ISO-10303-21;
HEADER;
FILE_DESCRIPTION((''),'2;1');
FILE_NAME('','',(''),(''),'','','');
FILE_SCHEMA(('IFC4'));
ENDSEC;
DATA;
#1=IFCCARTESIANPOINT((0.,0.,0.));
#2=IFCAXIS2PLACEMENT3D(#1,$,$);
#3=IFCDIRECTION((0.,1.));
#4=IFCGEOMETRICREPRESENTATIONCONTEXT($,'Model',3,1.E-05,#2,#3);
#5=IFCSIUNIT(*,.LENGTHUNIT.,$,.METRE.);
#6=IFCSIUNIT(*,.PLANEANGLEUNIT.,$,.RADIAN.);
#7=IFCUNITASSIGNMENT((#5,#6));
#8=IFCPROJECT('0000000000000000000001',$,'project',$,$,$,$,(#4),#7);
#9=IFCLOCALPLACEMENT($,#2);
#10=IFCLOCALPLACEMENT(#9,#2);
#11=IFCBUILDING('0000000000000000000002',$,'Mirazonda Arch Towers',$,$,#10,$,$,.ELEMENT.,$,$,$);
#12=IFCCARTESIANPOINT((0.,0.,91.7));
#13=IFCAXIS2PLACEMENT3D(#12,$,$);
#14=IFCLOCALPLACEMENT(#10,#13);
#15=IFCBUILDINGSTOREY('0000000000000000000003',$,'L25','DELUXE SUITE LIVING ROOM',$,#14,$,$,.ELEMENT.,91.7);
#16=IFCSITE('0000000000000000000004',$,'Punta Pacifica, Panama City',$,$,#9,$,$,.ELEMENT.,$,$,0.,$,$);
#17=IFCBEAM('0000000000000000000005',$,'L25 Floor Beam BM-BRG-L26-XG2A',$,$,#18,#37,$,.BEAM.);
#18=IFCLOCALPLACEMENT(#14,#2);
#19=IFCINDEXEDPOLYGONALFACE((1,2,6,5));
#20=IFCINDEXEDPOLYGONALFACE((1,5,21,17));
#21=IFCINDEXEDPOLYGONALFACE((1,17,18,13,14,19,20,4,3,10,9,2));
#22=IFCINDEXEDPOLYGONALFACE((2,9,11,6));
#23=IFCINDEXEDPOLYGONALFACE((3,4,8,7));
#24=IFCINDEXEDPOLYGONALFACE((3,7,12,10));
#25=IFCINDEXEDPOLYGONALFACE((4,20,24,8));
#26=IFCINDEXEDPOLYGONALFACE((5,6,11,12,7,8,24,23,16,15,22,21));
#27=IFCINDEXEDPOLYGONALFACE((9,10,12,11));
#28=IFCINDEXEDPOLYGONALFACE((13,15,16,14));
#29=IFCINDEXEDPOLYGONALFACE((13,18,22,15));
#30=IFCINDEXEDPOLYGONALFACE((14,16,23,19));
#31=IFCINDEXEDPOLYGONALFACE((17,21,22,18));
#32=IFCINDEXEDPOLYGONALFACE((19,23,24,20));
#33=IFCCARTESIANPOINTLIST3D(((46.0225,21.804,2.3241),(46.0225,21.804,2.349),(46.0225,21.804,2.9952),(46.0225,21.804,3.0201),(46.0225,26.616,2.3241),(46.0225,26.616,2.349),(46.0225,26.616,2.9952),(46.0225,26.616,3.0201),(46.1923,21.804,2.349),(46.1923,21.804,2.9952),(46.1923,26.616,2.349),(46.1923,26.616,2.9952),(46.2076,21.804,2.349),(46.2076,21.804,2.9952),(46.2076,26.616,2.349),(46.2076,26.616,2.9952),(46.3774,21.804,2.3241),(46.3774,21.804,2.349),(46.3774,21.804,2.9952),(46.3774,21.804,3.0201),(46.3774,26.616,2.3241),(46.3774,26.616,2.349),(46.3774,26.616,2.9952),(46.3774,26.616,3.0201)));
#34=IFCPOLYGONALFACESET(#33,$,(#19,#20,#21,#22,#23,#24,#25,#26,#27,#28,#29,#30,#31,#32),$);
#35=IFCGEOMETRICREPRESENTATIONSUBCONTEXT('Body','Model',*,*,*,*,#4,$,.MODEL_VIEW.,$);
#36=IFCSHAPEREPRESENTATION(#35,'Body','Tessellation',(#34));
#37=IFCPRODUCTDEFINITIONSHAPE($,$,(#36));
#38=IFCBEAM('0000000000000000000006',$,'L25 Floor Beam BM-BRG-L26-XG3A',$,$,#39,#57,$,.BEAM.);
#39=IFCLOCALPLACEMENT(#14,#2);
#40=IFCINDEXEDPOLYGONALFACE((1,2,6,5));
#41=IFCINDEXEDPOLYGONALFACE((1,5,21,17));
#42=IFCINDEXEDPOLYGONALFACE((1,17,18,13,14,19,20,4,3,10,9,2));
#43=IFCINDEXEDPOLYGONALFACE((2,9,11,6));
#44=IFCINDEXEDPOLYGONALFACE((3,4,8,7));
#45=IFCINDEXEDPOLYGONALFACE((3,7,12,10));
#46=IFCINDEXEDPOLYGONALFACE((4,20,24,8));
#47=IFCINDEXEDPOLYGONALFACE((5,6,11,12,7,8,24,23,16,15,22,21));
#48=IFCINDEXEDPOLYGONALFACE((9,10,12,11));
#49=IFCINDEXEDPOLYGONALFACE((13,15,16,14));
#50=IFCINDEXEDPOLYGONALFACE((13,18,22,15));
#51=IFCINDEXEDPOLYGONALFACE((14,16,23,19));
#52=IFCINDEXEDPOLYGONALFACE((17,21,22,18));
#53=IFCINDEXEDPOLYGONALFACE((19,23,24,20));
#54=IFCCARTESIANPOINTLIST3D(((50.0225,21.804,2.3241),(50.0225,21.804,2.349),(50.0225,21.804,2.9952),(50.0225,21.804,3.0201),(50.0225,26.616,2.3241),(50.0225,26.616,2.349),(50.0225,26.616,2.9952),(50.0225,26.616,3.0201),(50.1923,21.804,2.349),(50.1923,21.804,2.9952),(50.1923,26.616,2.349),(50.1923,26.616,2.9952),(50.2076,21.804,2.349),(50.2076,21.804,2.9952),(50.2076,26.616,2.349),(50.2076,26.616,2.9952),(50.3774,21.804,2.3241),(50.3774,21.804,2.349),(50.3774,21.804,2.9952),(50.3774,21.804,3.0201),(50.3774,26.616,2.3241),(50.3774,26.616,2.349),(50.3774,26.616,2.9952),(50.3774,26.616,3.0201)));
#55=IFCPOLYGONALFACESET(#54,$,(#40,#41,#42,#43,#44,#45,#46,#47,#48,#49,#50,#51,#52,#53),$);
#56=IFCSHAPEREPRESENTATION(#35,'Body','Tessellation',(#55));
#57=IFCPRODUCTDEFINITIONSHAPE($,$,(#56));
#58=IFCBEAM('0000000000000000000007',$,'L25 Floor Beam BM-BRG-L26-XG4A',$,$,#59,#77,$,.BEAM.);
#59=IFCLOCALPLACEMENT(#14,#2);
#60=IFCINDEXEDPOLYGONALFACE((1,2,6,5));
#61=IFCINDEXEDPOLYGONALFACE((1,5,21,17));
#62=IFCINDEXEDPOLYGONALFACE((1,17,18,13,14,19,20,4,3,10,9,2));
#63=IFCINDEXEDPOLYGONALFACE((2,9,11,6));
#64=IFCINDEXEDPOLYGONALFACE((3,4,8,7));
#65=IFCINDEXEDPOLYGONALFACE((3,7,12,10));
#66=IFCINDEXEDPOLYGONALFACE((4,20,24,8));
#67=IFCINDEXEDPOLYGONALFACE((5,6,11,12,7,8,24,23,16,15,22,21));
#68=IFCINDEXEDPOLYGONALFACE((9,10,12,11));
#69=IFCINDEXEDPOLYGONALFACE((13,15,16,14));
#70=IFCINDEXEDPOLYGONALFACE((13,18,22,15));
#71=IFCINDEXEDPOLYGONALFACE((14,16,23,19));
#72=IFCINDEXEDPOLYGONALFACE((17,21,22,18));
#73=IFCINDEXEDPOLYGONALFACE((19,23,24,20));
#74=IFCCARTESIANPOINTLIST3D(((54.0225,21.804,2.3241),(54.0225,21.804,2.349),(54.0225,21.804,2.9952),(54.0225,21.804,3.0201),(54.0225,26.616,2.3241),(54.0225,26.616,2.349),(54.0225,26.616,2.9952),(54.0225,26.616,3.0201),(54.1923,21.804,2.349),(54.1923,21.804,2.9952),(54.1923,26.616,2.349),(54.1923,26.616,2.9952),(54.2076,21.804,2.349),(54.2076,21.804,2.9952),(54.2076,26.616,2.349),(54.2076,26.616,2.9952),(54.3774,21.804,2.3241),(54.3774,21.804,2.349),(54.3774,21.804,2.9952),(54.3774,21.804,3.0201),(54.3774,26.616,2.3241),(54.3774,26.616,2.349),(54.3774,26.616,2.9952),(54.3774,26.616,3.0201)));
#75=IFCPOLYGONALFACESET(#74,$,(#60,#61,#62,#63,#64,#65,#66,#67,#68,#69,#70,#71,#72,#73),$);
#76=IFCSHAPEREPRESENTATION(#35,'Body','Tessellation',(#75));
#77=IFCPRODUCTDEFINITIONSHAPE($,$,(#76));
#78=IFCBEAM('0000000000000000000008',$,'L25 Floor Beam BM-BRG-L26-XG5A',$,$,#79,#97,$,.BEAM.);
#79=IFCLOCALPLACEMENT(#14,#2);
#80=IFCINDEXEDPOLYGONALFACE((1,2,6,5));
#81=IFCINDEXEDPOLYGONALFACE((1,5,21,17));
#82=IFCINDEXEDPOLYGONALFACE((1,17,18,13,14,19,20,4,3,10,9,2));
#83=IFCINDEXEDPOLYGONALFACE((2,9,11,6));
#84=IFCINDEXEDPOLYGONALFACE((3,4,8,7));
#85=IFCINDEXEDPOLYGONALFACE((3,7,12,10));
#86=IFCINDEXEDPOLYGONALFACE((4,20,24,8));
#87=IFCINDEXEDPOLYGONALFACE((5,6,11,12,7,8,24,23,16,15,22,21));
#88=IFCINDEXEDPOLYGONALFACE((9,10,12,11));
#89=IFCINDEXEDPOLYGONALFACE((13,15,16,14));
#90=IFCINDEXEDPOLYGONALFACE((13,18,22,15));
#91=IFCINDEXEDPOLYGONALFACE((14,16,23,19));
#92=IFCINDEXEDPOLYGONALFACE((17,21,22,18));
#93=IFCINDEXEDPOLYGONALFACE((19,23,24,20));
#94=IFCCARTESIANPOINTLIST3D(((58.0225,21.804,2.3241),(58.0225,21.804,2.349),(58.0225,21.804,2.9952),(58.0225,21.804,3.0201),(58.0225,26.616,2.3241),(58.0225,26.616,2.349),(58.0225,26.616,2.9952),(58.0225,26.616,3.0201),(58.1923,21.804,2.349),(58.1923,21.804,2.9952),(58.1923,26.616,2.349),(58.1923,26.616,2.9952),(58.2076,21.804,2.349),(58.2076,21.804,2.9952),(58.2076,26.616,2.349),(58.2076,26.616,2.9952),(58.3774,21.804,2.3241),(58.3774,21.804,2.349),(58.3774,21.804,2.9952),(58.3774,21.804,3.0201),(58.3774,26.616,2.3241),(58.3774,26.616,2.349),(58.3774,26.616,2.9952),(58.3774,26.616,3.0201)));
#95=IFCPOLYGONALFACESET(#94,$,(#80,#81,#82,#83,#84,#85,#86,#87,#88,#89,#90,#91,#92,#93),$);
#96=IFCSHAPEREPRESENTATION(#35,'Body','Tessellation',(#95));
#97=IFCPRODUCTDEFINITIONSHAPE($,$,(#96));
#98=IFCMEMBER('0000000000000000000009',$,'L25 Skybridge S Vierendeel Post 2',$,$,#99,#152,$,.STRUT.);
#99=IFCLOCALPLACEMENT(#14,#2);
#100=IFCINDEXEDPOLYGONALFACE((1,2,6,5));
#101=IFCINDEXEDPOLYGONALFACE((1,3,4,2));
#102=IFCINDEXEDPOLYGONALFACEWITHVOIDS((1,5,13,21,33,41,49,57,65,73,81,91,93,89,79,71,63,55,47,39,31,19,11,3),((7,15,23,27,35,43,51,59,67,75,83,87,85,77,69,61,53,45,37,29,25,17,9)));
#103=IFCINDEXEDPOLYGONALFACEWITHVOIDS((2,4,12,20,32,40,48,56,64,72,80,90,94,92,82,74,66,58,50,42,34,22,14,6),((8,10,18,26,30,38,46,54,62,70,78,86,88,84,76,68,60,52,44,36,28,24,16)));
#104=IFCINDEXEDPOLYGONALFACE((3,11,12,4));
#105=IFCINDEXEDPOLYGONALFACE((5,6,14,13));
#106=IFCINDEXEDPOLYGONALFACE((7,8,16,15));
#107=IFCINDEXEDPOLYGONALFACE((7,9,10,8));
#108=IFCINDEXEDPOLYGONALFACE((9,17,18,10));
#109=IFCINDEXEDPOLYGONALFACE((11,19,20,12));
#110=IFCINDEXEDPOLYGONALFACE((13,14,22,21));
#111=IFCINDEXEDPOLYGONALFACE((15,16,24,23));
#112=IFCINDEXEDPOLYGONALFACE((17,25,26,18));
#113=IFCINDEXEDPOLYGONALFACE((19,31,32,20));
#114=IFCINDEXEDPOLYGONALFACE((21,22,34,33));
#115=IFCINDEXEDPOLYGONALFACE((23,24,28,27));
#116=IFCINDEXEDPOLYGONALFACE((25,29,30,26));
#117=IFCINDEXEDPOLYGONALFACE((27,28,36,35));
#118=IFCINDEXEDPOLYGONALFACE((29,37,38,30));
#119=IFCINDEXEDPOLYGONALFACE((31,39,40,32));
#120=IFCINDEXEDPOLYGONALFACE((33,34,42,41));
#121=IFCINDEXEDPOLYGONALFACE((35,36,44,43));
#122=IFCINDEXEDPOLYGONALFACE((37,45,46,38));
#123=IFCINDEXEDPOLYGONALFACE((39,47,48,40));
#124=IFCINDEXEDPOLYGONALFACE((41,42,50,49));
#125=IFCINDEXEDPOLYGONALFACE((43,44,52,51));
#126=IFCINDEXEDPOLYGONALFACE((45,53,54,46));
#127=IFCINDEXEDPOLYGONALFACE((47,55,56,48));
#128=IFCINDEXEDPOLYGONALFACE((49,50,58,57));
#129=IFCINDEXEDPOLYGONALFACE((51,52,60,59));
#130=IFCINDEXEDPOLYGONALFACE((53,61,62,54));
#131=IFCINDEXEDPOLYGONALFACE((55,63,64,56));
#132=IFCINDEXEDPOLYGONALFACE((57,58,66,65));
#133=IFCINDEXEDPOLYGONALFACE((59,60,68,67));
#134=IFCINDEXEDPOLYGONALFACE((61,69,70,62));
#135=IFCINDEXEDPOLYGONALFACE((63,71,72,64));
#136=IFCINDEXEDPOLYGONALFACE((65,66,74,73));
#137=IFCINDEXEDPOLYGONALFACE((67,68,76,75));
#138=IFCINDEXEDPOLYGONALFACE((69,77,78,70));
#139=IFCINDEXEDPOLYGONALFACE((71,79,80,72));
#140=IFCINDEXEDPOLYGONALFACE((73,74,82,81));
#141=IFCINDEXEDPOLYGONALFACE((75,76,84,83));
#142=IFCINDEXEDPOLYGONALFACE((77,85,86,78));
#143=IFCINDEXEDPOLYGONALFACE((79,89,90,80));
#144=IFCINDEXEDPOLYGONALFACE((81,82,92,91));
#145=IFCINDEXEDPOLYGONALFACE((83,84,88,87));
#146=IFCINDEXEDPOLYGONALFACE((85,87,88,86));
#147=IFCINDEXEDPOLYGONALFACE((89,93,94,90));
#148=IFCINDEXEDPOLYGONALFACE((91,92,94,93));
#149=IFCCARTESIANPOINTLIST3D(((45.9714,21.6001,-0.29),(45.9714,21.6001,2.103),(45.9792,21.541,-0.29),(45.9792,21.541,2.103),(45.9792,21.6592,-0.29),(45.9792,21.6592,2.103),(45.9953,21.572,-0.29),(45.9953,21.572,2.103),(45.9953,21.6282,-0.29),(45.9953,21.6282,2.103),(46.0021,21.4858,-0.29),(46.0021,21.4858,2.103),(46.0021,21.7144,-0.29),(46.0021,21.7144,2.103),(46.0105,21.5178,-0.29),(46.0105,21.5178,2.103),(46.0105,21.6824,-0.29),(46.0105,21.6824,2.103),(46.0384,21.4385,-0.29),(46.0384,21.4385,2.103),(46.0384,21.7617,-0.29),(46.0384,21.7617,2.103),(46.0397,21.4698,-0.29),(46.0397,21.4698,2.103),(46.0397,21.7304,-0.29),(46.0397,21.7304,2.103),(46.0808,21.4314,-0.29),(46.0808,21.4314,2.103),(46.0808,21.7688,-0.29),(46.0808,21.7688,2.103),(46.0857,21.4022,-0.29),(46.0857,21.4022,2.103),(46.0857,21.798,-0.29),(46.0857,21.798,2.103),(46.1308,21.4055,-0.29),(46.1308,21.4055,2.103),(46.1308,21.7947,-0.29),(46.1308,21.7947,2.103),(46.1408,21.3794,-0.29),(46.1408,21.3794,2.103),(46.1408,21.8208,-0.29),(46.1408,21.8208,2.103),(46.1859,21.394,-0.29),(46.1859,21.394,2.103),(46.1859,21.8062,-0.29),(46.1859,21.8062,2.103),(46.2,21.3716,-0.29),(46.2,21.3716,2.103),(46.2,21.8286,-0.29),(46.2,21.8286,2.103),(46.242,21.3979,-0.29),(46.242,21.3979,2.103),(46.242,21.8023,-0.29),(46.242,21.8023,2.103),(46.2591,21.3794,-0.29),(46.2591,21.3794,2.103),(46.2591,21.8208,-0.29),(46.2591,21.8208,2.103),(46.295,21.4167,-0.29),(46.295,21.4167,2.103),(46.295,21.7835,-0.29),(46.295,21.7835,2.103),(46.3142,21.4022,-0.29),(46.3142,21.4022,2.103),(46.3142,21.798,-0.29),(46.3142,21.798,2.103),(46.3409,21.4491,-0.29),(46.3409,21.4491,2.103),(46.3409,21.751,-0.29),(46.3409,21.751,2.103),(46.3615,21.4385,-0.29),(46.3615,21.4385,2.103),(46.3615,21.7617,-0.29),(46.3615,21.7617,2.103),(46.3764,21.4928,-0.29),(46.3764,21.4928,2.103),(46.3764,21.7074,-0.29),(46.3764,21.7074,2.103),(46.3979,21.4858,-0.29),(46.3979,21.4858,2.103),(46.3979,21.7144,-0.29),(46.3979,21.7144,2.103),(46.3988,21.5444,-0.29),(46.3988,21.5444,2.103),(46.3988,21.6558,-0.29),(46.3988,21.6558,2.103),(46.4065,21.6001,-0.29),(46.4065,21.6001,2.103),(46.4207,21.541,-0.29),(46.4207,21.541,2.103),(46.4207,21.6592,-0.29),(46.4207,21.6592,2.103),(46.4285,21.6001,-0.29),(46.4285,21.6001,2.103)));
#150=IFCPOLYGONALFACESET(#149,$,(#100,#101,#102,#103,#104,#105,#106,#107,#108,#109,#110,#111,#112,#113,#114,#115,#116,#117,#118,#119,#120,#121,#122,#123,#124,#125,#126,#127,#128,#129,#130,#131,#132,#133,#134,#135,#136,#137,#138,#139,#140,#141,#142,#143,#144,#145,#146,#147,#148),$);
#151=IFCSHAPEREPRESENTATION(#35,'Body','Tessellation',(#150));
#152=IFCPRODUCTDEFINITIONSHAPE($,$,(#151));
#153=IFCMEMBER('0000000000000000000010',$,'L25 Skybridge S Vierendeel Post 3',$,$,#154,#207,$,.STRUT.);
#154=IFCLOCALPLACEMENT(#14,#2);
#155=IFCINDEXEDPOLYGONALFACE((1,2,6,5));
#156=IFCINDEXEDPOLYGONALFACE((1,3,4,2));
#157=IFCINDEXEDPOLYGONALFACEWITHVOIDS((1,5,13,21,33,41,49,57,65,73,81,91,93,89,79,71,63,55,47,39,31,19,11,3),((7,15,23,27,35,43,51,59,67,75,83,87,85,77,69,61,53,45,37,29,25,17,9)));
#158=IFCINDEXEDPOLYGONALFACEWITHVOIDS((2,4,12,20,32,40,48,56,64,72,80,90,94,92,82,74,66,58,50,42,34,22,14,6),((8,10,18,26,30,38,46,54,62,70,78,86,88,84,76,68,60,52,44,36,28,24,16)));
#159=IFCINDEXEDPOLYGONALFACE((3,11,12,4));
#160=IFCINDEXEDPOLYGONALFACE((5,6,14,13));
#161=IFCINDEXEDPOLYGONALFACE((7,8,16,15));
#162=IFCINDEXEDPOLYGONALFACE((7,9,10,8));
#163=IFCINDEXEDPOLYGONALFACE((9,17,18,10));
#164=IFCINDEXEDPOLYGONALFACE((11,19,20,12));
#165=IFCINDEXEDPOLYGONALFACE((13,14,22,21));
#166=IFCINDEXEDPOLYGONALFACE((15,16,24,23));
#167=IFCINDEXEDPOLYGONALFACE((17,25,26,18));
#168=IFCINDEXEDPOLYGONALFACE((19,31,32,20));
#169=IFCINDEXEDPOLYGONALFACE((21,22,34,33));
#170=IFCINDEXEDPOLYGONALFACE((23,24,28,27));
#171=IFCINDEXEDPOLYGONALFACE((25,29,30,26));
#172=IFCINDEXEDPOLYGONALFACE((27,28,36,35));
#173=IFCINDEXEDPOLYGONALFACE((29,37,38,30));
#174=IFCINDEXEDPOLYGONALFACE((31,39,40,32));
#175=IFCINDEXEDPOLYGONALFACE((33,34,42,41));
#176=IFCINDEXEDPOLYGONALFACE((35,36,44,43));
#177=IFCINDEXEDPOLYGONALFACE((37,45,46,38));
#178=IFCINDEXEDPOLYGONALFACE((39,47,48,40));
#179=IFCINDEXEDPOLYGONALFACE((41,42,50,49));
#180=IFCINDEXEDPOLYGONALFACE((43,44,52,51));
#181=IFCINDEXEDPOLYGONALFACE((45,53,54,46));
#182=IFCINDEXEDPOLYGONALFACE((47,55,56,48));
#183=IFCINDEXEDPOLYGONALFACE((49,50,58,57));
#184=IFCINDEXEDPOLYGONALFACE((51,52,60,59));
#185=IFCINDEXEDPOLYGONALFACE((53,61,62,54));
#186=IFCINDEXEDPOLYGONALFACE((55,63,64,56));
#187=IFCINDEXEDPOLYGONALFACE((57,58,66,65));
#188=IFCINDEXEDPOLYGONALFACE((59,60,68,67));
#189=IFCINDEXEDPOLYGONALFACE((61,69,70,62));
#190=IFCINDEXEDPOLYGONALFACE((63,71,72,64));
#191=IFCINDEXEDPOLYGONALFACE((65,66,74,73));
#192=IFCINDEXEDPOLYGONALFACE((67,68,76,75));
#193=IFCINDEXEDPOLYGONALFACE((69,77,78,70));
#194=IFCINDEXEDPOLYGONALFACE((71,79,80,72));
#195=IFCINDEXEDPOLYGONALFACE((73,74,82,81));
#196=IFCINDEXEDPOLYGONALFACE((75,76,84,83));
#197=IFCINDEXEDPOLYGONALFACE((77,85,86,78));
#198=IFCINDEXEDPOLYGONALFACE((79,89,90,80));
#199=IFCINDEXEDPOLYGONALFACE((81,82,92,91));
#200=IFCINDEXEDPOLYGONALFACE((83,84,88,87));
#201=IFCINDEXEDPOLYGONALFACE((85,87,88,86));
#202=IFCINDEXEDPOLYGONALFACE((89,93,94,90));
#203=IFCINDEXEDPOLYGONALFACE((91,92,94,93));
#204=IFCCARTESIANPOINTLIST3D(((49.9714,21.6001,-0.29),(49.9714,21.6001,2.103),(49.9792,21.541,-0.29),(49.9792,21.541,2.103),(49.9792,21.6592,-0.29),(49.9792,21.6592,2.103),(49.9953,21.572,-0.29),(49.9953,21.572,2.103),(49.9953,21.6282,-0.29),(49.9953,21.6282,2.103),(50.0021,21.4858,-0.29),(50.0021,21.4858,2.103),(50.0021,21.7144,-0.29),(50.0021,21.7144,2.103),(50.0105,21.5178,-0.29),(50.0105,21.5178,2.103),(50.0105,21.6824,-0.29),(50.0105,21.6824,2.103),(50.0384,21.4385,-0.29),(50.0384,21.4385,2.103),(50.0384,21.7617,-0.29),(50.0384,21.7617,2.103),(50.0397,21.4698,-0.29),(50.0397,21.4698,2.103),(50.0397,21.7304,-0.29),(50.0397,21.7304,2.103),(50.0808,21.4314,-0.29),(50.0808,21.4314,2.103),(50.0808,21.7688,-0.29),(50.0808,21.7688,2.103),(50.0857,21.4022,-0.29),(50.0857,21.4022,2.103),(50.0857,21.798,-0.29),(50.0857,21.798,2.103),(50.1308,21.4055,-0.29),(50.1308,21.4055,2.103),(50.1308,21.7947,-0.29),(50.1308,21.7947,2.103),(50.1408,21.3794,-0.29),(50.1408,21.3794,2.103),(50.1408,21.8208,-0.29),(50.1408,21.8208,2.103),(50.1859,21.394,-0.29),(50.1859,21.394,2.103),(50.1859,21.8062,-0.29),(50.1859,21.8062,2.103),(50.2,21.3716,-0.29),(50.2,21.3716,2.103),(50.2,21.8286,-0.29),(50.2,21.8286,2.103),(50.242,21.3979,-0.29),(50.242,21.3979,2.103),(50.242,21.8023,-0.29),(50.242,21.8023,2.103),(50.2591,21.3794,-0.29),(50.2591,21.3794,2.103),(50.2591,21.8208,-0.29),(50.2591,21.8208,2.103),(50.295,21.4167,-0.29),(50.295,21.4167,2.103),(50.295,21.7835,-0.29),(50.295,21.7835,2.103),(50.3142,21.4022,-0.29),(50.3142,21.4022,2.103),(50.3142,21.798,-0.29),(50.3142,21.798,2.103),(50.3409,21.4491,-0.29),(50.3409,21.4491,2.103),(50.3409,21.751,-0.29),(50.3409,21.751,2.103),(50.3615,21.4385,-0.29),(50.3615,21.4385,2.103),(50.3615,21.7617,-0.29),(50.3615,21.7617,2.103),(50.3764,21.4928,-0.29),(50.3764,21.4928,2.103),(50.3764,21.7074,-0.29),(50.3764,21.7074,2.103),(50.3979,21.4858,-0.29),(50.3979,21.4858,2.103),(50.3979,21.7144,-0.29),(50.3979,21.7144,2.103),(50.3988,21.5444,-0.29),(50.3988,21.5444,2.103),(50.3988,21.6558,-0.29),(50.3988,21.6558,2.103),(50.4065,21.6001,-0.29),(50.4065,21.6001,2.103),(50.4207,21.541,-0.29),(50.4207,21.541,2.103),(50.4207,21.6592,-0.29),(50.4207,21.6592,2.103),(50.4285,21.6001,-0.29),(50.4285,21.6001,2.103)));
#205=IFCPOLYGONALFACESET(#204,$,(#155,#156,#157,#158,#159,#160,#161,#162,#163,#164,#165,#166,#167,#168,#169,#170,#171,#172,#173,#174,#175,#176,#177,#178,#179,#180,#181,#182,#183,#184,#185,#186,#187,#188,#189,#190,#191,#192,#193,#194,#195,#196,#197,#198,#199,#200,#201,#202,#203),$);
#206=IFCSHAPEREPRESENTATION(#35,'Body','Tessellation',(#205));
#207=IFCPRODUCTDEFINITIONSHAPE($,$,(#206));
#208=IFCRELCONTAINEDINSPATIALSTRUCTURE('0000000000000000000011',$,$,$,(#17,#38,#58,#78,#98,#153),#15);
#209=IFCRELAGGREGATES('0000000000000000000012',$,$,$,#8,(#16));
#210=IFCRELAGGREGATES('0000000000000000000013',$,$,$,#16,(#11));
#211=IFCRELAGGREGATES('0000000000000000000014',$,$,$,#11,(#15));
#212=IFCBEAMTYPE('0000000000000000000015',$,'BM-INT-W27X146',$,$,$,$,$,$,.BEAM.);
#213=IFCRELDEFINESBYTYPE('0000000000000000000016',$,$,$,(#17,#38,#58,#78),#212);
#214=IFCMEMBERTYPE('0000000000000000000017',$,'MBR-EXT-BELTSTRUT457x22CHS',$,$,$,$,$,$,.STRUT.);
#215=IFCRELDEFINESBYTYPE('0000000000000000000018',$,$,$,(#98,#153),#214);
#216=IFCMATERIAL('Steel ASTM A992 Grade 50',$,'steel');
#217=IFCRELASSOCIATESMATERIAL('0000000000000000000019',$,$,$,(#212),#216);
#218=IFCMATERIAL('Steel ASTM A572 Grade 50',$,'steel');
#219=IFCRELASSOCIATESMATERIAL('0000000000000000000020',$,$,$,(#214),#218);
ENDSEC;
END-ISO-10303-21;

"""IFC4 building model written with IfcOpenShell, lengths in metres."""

from ifc_helpers import new_model, si_unit, direction, frame, origin, origin_2d, place, context, subcontext, project, spatial, hollow_circle, i_section, extrude, material, material_profile, profile_set, type_object, element, save


model = new_model("IFC4")

# Units and contexts
model_context = context("Model", 3, precision=1e-05, world=origin(), true_north=direction((0.0, 1.0)))
body_context = subcontext(model_context, "Body", "Model", "MODEL_VIEW")
ifc_project = project(units=[si_unit("LENGTHUNIT", "METRE"), si_unit("PLANEANGLEUNIT", "RADIAN")], contexts=[model_context])

# Site, building, storey
site_placement = place(None, origin())
site = spatial("IfcSite", under=ifc_project, at=site_placement, Name="Punta Pacifica, Panama City", CompositionType="ELEMENT", RefElevation=0.0)
building_placement = place(site_placement, origin())
building = spatial("IfcBuilding", under=site, at=building_placement, Name="Mirazonda Arch Towers", CompositionType="ELEMENT")
storey_placement = place(building_placement, frame((0.0, 0.0, 91.7)))
storey = spatial("IfcBuildingStorey", under=building, at=storey_placement, Name="L25", Description="DELUXE SUITE LIVING ROOM", CompositionType="ELEMENT", Elevation=91.7)

# Beams
ifc_material_1 = material(Name="Steel ASTM A992 Grade 50", Category="steel")
ifc_material_profile_1 = material_profile(ifc_material_1, i_section(OverallWidth=0.355, OverallDepth=0.696, WebThickness=0.0154, FlangeThickness=0.0249, at=origin_2d()), Name="W27X146")
ifc_profile_set_1 = profile_set([ifc_material_profile_1], Name="Steel ASTM A992 Grade 50")
beam_type = type_object("IfcBeamType", Name="BM-INT-W27X146", PredefinedType="BEAM", material=ifc_profile_set_1)
for number, where, z_axis, x_axis, name in (
    (1, (46.2, 21.804, 2.6721), (0.0, 1.0, 0.0), (-1.0, 0.0, 0.0), "L25 Floor Beam BM-BRG-L26-XG2A"),
    (2, (50.2, 21.804, 2.6721), (0.0, 1.0, 0.0), (-1.0, 0.0, 0.0), "L25 Floor Beam BM-BRG-L26-XG3A"),
    (3, (54.2, 21.804, 2.6721), (0.0, 1.0, 0.0), (-1.0, 0.0, 0.0), "L25 Floor Beam BM-BRG-L26-XG4A"),
    (4, (58.2, 21.804, 2.6721), (0.0, 1.0, 0.0), (-1.0, 0.0, 0.0), "L25 Floor Beam BM-BRG-L26-XG5A"),
):
    element("IfcBeam", number, at=place(storey_placement, frame(where, z_axis=z_axis, x_axis=x_axis)), inside=storey, type_object=beam_type, Name=name, PredefinedType="BEAM", context=body_context, shape_type="SweptSolid", body=[
        extrude(i_section(OverallWidth=0.355, OverallDepth=0.696, WebThickness=0.0154, FlangeThickness=0.0249, at=origin_2d()), origin(), (0.0, 0.0, 1.0), 4.812),
    ])

# Members
ifc_material_2 = material(Name="Steel ASTM A572 Grade 50", Category="steel")
ifc_material_profile_2 = material_profile(ifc_material_2, hollow_circle(Radius=0.2285, WallThickness=0.022, at=origin_2d()), Name="BELTSTRUT457x22CHS")
ifc_profile_set_2 = profile_set([ifc_material_profile_2], Name="Steel ASTM A572 Grade 50")
member_type_1 = type_object("IfcMemberType", Name="MBR-EXT-BELTSTRUT457x22CHS", PredefinedType="STRUT", material=ifc_profile_set_2)
for number, where, z_axis, x_axis, name in (
    (5, (46.2, 21.6001, -0.29), (0.0, 0.0, 1.0), (1.0, 0.0, 0.0), "L25 Skybridge S Vierendeel Post 2"),
    (6, (50.2, 21.6001, -0.29), (0.0, 0.0, 1.0), (1.0, 0.0, 0.0), "L25 Skybridge S Vierendeel Post 3"),
):
    element("IfcMember", number, at=place(storey_placement, frame(where, z_axis=z_axis, x_axis=x_axis)), inside=storey, type_object=member_type_1, Name=name, PredefinedType="STRUT", context=body_context, shape_type="SweptSolid", body=[
        extrude(hollow_circle(Radius=0.2285, WallThickness=0.022, at=origin_2d()), origin(), (0.0, 0.0, 1.0), 2.3931),
    ])

save(model, "model.ifc")
